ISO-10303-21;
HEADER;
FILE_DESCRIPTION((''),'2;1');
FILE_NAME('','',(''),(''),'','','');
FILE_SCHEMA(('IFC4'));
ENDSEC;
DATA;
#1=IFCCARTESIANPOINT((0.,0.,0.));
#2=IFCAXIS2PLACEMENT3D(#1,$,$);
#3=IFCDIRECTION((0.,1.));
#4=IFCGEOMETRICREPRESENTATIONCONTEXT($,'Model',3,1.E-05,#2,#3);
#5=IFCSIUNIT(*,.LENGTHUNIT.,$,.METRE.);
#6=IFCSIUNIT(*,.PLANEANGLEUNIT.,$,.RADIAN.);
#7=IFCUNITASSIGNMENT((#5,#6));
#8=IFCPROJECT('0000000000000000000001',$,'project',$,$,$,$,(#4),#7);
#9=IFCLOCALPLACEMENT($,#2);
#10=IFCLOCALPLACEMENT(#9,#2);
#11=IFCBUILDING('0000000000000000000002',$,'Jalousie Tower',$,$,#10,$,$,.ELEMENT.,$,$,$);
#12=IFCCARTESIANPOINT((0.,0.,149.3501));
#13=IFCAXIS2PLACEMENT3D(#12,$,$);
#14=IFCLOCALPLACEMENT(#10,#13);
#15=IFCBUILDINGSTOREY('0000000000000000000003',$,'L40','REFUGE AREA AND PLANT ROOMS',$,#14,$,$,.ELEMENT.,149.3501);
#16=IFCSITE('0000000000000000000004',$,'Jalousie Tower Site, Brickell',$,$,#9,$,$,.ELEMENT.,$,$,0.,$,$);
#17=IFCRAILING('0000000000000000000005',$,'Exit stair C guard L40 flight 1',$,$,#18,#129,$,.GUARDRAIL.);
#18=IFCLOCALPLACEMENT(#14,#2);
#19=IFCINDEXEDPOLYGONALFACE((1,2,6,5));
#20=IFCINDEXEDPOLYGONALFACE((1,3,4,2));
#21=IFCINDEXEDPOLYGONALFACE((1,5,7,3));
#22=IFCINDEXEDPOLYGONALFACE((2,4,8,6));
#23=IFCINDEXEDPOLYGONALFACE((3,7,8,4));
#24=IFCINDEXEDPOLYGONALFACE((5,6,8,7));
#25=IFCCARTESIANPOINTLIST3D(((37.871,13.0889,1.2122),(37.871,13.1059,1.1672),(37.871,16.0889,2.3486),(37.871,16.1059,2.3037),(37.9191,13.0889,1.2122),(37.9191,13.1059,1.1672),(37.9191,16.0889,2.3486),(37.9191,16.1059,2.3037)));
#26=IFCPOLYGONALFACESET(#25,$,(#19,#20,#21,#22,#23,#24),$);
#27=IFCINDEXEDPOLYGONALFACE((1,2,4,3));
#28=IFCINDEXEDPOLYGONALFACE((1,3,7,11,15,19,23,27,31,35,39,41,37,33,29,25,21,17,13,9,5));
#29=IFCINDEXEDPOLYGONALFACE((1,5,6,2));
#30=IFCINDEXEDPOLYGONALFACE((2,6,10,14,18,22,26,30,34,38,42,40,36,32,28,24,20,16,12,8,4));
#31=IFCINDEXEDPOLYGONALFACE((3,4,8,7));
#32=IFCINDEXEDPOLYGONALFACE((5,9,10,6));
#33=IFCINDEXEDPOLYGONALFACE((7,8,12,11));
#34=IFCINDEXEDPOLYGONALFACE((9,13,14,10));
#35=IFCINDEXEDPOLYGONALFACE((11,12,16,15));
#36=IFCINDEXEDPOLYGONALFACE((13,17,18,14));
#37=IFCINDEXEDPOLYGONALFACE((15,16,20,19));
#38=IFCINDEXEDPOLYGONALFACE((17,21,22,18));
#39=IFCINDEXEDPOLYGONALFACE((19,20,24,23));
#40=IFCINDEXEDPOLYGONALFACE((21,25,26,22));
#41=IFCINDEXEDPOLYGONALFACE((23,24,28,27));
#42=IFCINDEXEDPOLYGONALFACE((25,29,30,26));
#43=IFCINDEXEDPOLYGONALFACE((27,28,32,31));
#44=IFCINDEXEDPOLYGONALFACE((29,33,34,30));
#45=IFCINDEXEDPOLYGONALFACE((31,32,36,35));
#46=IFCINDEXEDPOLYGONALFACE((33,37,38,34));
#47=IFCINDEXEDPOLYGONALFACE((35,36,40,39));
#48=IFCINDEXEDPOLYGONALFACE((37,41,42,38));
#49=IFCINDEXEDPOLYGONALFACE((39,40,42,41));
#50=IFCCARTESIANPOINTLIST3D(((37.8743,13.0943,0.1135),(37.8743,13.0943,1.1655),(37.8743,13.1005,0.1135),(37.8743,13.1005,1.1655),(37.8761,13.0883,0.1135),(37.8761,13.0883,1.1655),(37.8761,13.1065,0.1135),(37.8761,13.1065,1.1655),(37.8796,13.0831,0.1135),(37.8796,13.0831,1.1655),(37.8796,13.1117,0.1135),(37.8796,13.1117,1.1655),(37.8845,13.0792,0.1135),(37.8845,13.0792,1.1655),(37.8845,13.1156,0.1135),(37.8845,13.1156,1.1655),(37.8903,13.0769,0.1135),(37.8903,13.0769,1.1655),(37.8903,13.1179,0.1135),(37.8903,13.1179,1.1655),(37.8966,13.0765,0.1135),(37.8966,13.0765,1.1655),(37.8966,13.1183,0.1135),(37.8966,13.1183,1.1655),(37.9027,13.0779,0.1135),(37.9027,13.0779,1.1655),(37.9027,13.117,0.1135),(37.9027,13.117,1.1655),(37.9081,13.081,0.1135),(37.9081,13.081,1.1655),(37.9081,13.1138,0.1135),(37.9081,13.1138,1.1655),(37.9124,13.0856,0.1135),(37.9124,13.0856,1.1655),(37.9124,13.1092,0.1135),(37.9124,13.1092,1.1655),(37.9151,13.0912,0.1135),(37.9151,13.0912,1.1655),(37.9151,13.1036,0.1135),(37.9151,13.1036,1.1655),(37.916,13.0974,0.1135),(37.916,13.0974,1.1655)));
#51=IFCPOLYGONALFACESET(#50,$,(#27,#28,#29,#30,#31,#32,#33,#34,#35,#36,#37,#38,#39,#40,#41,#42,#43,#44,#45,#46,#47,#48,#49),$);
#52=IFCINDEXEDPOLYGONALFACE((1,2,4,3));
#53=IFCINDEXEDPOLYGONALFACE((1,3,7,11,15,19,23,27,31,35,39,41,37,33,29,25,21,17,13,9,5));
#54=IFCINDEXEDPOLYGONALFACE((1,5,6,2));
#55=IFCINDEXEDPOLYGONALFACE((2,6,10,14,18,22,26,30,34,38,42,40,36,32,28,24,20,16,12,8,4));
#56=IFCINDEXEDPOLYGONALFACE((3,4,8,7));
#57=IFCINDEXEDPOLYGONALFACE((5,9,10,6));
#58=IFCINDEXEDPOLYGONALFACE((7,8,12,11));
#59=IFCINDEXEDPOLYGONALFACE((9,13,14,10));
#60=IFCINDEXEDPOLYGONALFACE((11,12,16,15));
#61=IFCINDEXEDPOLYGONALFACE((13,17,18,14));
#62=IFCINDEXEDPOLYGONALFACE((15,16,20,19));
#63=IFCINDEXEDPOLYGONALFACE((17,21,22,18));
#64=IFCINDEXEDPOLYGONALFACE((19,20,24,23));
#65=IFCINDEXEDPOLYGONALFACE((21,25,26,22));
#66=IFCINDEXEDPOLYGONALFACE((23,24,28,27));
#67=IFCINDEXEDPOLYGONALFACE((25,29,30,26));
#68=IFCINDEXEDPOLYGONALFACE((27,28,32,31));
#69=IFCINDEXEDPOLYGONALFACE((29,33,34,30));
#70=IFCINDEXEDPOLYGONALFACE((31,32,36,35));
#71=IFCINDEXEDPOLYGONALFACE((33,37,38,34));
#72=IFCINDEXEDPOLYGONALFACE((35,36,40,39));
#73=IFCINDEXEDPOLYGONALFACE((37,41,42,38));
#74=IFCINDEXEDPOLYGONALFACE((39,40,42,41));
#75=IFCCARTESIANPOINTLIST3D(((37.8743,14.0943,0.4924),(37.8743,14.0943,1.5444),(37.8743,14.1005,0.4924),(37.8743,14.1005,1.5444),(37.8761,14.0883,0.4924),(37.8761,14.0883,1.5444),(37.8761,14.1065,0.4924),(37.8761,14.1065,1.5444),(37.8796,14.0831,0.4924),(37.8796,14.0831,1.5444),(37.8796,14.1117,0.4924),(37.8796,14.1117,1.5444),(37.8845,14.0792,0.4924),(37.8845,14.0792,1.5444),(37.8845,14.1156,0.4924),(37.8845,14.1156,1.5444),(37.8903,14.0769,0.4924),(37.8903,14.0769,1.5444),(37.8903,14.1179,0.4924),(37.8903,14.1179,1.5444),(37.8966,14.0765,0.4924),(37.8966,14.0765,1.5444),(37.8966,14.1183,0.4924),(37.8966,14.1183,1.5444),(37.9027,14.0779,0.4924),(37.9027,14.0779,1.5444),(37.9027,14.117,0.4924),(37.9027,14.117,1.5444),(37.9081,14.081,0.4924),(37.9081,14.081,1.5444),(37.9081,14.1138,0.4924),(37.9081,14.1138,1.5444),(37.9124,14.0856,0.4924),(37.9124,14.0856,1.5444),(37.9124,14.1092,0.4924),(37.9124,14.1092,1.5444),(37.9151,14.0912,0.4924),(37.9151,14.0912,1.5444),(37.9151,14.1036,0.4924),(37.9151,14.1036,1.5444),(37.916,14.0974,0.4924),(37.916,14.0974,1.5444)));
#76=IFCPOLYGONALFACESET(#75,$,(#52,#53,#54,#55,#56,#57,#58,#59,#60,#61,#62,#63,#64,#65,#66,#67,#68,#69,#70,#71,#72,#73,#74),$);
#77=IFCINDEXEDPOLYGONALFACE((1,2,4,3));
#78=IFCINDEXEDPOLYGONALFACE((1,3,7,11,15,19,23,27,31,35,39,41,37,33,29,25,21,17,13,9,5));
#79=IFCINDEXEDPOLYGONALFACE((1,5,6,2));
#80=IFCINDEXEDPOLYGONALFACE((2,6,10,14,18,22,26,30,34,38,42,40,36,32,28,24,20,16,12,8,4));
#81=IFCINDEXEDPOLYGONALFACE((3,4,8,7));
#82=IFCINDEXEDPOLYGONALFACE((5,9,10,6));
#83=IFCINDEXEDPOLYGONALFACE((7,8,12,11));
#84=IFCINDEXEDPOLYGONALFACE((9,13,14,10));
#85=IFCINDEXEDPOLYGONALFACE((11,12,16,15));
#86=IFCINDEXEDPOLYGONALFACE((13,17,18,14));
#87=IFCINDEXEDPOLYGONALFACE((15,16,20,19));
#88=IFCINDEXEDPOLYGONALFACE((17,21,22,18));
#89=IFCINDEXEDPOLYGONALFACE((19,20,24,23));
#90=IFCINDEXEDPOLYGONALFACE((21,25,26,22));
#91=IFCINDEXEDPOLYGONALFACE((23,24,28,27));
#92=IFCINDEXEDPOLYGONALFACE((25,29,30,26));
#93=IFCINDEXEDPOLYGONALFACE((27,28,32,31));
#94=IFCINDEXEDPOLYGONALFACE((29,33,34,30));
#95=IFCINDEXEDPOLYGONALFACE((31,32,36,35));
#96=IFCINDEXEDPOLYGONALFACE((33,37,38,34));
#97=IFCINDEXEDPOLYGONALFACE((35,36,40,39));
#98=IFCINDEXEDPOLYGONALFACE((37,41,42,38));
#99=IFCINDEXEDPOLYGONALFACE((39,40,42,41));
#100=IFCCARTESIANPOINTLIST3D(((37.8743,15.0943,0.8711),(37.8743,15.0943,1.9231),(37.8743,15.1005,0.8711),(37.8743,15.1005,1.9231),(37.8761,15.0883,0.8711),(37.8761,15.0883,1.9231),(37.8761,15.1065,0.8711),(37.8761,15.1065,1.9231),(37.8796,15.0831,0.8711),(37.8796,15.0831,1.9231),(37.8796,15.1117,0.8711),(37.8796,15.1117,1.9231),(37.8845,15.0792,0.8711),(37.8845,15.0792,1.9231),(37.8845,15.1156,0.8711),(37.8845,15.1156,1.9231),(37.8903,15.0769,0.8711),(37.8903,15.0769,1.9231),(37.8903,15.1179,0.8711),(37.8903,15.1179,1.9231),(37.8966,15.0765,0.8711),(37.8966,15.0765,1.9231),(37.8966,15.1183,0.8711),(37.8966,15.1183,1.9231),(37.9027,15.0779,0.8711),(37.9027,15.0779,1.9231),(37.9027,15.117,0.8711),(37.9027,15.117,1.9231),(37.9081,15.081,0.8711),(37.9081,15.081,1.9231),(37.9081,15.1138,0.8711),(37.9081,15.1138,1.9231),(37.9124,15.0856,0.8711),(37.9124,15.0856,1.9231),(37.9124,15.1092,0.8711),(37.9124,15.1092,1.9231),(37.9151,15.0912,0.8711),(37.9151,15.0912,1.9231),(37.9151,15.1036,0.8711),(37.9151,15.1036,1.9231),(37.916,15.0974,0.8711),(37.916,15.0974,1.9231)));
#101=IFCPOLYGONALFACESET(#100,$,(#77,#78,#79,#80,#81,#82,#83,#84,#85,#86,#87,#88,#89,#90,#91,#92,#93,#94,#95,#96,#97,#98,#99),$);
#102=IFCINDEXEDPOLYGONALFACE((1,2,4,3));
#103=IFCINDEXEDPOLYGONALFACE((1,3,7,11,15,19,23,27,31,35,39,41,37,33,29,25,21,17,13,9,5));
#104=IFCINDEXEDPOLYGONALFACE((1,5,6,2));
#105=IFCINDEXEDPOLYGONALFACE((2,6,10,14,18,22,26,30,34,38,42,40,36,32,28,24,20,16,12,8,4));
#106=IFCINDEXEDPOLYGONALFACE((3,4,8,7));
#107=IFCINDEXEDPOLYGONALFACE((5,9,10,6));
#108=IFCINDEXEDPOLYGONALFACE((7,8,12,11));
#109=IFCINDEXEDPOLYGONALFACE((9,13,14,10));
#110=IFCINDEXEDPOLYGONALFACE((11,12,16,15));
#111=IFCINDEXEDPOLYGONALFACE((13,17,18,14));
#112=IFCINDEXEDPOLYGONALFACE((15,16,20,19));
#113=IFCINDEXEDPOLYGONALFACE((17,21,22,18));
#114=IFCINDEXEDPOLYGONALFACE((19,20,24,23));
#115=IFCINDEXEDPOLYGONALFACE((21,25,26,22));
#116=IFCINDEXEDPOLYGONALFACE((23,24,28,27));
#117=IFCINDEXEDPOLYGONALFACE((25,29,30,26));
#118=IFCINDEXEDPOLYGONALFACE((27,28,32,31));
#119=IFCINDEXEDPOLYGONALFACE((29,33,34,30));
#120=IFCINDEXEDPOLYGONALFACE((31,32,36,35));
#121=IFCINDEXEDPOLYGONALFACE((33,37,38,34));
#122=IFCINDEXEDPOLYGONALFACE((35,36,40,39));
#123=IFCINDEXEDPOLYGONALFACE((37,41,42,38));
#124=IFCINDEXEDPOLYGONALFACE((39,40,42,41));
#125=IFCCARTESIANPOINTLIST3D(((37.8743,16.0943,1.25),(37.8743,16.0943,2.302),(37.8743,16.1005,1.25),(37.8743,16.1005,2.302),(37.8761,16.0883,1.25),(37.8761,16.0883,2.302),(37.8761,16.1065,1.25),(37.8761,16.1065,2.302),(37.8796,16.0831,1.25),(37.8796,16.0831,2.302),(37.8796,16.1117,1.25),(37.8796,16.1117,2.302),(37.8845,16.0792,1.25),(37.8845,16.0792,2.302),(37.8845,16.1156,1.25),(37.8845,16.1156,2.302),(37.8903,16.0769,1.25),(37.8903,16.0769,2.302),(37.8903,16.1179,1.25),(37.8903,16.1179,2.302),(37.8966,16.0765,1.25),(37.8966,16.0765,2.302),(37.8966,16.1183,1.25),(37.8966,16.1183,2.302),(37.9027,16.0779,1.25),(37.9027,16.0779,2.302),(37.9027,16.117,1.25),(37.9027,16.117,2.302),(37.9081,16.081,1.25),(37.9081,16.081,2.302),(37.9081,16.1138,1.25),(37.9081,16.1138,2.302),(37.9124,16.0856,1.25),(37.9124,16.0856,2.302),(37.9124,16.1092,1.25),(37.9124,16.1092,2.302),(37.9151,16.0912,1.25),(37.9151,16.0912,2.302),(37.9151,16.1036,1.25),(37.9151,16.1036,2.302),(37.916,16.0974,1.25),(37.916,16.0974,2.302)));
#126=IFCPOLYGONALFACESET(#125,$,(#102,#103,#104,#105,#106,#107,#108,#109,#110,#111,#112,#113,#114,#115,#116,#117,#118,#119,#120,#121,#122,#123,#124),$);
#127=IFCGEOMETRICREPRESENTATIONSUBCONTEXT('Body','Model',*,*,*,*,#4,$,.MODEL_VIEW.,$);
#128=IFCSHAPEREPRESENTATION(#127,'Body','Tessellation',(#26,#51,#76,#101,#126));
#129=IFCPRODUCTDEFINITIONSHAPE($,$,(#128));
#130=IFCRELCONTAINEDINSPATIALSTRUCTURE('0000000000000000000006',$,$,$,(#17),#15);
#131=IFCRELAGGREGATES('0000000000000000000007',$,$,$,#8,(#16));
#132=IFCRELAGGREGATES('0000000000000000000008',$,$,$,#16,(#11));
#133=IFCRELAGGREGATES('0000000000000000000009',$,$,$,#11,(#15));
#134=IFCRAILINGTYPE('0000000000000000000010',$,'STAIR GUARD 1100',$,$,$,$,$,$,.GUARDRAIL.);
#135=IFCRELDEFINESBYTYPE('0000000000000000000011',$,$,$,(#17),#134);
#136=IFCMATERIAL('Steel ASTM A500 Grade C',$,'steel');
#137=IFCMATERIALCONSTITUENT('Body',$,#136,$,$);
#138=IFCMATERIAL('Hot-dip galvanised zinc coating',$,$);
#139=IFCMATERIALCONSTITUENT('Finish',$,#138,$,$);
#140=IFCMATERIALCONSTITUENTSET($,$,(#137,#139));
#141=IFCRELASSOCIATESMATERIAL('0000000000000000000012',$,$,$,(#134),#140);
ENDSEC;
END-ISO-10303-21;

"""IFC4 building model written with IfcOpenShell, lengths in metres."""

from ifc_helpers import new_model, si_unit, direction, frame, origin, origin_2d, place, context, subcontext, project, spatial, rectangle, circle, extrude, material, constituent, constituent_set, type_object, element, save


model = new_model("IFC4")

# Units and contexts
model_context = context("Model", 3, precision=1e-05, world=origin(), true_north=direction((0.0, 1.0)))
body_context = subcontext(model_context, "Body", "Model", "MODEL_VIEW")
ifc_project = project(units=[si_unit("LENGTHUNIT", "METRE"), si_unit("PLANEANGLEUNIT", "RADIAN")], contexts=[model_context])

# Site, building, storey
site_placement = place(None, origin())
site = spatial("IfcSite", under=ifc_project, at=site_placement, Name="Jalousie Tower Site, Brickell", CompositionType="ELEMENT", RefElevation=0.0)
building_placement = place(site_placement, origin())
building = spatial("IfcBuilding", under=site, at=building_placement, Name="Jalousie Tower", CompositionType="ELEMENT")
storey_placement = place(building_placement, frame((0.0, 0.0, 149.3501)))
storey = spatial("IfcBuildingStorey", under=building, at=storey_placement, Name="L40", Description="REFUGE AREA AND PLANT ROOMS", CompositionType="ELEMENT", Elevation=149.3501)

# Railing
ifc_material_1 = material(Name="Steel ASTM A500 Grade C", Category="steel")
ifc_constituent_1 = constituent(ifc_material_1, Name="Body")
ifc_material_2 = material(Name="Hot-dip galvanised zinc coating")
ifc_constituent_2 = constituent(ifc_material_2, Name="Finish")
ifc_constituent_set_1 = constituent_set(constituents=[ifc_constituent_1, ifc_constituent_2])
railing_type_1 = type_object("IfcRailingType", Name="STAIR GUARD 1100", PredefinedType="GUARDRAIL", material=ifc_constituent_set_1)
railing_1_placement = place(storey_placement, frame((37.895, 13.0974, 0.1135)))
element("IfcRailing", 1, at=railing_1_placement, inside=storey, type_object=railing_type_1, Name="Exit stair C guard L40 flight 1", PredefinedType="GUARDRAIL", context=body_context, shape_type="SweptSolid", body=[
    extrude(rectangle(XDim=0.0481, YDim=0.0481, at=origin_2d()), frame((0.0, 0.0, 1.0762), z_axis=(0.0, 0.935148, 0.354257), x_axis=(-1.0, 0.0, 0.0)), (0.0, 0.0, 1.0), 3.208),
    extrude(circle(Radius=0.021, at=origin_2d()), origin(), (0.0, 0.0, 1.0), 1.052),
    extrude(circle(Radius=0.021, at=origin_2d()), frame((0.0, 1.0, 0.3789)), (0.0, 0.0, 1.0), 1.052),
    extrude(circle(Radius=0.021, at=origin_2d()), frame((0.0, 2.0, 0.7576)), (0.0, 0.0, 1.0), 1.052),
    extrude(circle(Radius=0.021, at=origin_2d()), frame((0.0, 3.0, 1.1365)), (0.0, 0.0, 1.0), 1.052),
])

save(model, "model.ifc")
